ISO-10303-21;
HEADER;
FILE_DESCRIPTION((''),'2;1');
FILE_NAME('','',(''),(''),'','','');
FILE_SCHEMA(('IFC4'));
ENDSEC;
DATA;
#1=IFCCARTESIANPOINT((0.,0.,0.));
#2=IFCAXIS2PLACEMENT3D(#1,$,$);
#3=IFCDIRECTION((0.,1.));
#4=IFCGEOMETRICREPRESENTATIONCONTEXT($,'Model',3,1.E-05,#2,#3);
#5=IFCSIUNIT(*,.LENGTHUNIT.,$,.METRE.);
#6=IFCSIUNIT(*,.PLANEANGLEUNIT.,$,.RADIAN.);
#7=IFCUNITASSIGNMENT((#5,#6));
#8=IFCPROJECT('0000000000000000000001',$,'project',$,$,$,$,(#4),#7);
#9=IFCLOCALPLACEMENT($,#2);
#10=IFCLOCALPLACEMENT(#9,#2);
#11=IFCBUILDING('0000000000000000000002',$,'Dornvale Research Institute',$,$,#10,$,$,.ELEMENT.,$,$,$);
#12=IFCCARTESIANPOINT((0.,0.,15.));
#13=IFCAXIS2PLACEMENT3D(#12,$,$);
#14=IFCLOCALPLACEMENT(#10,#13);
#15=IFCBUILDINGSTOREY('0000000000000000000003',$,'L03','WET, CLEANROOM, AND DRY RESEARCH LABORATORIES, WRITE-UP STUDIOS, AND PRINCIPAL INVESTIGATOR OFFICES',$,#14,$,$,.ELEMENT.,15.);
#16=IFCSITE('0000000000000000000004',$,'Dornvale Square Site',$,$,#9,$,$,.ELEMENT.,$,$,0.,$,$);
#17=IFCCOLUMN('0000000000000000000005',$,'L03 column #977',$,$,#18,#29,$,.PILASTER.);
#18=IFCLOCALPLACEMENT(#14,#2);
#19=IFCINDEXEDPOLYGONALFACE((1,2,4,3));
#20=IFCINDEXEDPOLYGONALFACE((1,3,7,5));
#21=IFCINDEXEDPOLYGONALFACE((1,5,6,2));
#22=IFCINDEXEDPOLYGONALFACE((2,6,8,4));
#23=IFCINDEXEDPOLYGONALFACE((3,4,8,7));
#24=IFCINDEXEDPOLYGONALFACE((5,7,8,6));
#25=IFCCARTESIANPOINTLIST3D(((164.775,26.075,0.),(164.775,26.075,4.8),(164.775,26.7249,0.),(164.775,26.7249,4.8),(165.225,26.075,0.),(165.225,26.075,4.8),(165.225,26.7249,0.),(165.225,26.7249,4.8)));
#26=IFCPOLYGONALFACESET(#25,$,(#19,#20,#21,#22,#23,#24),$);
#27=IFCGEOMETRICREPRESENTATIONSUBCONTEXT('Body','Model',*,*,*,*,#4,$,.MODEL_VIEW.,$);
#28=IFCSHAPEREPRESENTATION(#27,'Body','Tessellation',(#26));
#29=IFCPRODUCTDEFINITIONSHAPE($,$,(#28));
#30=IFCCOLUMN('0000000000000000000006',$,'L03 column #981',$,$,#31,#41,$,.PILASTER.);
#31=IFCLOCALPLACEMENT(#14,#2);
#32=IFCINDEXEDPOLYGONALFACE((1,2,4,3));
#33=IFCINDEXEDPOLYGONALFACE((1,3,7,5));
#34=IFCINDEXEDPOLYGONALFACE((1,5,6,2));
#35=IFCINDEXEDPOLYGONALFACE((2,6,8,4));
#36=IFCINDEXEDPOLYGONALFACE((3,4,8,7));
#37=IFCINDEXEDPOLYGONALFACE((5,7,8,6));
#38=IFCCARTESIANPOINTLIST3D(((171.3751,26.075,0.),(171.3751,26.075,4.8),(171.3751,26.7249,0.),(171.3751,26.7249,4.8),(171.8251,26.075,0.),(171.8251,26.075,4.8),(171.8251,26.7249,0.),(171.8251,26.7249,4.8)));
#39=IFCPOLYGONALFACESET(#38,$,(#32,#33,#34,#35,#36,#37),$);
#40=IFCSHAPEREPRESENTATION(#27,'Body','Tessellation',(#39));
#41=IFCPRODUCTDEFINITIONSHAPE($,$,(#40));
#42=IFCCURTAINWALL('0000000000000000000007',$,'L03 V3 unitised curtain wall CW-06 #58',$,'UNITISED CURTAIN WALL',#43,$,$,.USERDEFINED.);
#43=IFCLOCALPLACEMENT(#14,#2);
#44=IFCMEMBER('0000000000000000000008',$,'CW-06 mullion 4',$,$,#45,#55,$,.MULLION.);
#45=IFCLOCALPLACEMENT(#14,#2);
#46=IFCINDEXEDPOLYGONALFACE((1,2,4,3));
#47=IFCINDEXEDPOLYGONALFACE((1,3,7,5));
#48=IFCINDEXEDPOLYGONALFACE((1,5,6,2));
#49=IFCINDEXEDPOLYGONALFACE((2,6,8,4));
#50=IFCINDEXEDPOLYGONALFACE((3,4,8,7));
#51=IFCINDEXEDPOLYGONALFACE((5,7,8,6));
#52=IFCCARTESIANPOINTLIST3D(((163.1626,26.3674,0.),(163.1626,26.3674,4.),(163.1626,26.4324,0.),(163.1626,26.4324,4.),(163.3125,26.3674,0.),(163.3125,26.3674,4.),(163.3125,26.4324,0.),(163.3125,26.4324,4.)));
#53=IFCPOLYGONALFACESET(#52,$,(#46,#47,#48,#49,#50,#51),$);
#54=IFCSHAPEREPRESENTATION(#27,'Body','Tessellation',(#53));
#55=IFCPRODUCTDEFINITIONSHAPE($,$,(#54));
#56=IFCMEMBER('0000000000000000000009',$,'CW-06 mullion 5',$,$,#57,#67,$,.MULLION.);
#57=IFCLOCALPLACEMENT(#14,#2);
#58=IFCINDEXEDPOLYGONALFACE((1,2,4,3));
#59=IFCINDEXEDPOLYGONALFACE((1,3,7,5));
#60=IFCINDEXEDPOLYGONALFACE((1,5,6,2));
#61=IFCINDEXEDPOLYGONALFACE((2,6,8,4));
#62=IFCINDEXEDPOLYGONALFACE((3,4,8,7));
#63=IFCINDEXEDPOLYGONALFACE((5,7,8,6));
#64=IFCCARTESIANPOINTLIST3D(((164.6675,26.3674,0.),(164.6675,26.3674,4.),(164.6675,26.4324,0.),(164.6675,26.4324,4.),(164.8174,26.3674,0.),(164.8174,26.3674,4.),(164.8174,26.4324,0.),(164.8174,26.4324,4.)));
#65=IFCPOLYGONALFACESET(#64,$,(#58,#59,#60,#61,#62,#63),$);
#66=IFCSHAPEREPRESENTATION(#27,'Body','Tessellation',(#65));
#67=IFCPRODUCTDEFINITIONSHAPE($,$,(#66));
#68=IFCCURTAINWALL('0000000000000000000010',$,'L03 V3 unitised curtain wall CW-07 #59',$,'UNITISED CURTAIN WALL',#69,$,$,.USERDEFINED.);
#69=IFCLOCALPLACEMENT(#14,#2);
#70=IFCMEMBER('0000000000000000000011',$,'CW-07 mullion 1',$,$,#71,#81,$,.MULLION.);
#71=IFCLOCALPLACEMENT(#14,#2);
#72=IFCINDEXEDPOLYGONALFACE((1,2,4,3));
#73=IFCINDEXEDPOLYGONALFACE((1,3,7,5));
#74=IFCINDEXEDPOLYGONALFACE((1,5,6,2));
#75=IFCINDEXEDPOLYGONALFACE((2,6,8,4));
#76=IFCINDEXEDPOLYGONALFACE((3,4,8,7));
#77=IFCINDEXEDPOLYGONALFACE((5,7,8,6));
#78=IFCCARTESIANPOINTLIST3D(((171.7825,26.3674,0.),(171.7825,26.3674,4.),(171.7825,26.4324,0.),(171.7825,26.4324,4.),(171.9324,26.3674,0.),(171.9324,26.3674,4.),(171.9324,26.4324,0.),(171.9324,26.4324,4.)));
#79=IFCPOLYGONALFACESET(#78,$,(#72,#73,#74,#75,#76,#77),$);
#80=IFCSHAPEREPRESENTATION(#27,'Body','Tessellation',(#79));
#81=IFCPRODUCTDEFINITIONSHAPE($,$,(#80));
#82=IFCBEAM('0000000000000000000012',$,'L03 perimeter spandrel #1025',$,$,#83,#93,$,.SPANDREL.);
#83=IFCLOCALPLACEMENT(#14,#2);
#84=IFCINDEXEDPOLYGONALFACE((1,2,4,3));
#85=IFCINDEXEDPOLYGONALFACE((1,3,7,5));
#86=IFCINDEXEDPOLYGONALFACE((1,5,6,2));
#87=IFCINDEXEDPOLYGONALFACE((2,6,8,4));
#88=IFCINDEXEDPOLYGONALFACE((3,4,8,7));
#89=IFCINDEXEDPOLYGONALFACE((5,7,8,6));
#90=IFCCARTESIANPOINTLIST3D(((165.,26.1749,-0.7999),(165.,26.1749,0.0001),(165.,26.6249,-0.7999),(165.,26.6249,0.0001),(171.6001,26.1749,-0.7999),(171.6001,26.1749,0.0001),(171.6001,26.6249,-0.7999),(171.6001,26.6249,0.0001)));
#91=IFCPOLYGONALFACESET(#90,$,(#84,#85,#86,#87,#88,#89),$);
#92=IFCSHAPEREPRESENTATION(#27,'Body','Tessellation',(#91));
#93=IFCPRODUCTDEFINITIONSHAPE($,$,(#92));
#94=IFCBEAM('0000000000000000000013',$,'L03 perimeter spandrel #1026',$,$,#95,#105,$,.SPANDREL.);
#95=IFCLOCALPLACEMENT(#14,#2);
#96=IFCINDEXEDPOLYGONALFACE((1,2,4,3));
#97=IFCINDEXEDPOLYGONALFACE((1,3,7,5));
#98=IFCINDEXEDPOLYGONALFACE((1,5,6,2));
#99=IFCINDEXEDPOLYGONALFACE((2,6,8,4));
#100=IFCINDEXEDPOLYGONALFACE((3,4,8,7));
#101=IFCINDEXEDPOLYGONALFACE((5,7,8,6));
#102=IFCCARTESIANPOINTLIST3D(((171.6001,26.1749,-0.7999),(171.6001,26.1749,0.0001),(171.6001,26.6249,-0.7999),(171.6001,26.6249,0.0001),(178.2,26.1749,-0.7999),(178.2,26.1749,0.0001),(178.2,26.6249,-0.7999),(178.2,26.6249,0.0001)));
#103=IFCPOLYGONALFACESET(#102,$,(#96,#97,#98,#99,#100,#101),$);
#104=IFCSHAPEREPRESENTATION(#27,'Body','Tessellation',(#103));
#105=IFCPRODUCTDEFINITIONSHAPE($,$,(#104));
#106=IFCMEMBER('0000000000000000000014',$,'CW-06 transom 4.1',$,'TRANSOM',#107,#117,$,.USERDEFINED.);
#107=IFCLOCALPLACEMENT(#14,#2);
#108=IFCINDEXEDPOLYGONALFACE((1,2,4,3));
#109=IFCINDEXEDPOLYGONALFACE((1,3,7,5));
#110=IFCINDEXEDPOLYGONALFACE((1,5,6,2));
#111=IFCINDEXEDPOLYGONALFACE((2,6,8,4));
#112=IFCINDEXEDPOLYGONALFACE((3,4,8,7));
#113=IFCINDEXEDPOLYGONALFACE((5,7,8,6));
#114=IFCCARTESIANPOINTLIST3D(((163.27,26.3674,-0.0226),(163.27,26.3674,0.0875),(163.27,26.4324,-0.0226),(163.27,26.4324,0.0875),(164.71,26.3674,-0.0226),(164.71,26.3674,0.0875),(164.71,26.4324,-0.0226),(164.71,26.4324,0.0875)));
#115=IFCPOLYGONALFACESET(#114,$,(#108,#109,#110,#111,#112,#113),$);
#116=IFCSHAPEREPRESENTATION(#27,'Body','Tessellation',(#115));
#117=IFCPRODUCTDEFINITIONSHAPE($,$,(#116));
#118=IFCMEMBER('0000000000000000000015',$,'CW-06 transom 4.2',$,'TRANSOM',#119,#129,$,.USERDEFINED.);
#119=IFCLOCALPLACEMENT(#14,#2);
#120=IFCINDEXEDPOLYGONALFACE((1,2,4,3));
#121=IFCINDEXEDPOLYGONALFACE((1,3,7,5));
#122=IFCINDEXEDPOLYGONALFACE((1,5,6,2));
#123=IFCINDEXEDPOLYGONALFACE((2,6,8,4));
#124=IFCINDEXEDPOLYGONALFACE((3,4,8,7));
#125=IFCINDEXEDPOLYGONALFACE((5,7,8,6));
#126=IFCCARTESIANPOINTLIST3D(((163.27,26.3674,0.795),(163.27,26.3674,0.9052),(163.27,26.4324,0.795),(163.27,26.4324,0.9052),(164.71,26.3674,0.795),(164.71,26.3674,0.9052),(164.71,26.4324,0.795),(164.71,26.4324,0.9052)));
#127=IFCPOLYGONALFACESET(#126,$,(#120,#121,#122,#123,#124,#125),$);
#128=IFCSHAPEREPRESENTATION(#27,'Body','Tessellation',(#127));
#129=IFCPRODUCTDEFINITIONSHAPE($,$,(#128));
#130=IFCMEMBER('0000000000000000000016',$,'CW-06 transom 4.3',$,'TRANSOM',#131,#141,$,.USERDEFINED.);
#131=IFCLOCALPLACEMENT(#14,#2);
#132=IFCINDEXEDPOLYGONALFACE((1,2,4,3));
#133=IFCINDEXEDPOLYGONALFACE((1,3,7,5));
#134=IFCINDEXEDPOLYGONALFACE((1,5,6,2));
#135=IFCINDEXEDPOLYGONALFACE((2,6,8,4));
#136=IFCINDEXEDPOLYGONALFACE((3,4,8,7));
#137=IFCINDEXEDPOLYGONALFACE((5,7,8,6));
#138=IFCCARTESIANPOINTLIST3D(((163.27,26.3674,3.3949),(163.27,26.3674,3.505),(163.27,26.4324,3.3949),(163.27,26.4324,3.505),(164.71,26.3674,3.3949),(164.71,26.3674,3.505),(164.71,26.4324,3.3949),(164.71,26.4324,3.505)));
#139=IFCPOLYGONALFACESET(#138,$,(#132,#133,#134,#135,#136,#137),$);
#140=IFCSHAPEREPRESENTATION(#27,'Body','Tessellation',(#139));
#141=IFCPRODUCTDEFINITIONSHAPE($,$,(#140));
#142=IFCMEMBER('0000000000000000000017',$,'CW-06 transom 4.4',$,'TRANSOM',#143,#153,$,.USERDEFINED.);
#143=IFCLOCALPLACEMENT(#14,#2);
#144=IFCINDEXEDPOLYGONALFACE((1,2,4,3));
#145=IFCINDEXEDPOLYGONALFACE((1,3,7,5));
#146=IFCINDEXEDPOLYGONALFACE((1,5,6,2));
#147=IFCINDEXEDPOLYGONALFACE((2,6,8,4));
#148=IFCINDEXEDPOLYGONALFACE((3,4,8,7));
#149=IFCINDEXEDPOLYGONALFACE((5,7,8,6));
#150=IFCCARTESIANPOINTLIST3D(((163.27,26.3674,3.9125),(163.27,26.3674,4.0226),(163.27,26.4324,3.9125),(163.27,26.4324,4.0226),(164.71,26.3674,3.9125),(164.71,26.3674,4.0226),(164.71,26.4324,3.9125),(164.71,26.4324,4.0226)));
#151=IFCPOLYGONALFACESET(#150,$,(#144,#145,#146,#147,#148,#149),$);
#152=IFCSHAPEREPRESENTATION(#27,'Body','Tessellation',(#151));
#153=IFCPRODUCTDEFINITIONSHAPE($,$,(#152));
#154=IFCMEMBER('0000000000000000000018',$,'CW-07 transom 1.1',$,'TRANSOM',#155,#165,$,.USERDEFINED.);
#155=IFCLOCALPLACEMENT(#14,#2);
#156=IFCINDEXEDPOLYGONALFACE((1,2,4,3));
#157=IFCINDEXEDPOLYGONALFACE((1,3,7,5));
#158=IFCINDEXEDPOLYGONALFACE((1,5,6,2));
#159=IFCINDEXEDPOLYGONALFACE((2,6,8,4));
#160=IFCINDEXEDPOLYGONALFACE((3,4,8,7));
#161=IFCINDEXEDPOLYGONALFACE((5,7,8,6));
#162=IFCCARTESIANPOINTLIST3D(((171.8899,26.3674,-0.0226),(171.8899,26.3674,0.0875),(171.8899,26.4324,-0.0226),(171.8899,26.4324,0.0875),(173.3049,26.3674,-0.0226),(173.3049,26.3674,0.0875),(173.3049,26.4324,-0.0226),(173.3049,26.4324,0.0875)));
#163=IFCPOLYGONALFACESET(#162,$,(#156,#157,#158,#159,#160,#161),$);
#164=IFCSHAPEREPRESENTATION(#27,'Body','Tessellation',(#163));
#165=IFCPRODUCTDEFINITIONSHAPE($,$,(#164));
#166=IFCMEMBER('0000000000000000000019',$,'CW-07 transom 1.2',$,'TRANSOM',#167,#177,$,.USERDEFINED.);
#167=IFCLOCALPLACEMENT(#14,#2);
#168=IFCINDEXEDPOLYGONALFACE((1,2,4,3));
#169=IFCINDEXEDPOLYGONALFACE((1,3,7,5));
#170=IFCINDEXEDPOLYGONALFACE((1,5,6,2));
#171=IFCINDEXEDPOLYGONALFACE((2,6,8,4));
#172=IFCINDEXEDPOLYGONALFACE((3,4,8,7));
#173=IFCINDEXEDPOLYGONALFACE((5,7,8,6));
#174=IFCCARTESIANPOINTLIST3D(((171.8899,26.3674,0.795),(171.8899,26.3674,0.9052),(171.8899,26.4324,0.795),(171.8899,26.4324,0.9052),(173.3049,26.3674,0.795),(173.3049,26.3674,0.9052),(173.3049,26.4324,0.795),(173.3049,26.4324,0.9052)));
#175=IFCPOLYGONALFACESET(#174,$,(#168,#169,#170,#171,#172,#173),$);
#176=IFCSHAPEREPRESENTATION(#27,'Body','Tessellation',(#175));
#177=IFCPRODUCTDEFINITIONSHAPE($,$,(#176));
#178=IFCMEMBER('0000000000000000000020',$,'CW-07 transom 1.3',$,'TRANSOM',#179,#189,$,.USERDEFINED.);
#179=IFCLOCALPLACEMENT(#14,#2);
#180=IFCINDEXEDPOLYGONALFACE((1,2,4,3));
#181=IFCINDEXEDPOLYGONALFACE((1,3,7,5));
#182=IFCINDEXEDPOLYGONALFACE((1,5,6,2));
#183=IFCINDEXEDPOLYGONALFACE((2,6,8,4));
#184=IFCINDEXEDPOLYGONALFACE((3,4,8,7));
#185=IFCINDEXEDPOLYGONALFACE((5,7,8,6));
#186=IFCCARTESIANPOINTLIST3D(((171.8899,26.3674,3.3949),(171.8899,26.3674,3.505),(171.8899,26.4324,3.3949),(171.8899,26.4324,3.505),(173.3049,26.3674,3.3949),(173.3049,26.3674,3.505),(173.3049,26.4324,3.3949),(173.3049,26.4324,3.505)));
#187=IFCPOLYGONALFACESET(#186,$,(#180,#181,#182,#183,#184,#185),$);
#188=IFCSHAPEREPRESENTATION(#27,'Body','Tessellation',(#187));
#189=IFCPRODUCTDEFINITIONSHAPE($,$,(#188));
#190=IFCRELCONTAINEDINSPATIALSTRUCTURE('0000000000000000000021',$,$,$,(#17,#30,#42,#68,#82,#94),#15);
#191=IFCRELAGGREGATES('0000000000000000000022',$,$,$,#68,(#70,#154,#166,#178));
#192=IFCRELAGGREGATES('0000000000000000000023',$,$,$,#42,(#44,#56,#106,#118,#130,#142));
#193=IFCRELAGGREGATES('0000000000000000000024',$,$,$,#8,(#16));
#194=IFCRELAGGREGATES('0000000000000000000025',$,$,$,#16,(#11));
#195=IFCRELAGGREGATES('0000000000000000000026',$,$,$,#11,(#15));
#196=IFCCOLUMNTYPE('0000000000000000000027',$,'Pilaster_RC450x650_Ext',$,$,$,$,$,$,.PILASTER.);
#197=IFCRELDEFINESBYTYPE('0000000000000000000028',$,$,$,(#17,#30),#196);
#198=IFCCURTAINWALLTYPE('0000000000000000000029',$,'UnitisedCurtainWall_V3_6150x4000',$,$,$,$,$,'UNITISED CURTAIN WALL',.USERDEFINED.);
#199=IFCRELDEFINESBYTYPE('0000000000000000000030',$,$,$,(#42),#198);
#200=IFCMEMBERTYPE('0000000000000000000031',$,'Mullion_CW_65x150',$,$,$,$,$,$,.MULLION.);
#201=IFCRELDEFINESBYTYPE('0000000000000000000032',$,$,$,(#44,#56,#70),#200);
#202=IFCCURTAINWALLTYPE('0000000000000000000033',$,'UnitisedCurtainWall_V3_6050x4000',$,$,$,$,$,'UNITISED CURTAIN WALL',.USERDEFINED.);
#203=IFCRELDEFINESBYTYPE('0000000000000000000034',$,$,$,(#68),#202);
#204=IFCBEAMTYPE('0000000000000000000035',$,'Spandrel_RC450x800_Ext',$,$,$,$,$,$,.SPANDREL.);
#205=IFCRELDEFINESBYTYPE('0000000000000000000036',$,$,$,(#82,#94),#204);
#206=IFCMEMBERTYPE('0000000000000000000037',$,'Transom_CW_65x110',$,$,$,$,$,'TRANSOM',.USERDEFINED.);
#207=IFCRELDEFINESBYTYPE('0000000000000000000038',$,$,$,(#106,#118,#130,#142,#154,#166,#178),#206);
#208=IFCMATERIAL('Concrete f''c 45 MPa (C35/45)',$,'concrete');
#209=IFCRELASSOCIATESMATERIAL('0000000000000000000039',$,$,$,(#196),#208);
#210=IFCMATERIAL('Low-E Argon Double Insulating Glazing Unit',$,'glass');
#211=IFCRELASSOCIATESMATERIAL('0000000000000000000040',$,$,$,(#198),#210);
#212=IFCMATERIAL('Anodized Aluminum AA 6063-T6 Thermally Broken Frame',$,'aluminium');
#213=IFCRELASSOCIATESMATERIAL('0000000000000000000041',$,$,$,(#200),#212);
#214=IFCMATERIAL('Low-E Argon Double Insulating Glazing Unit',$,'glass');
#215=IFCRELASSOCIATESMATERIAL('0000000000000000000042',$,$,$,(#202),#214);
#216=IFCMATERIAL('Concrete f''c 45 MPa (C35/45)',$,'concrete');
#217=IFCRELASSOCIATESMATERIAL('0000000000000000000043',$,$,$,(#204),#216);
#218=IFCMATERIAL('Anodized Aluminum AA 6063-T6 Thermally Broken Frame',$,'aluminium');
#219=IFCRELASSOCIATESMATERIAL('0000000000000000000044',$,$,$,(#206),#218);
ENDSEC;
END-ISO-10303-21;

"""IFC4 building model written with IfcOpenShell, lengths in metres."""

from ifc_helpers import new_model, si_unit, direction, frame, origin, origin_2d, place, context, subcontext, project, spatial, rectangle, extrude, material, material_profile, profile_set, type_object, element, aggregate, save


model = new_model("IFC4")

# Units and contexts
model_context = context("Model", 3, precision=1e-05, world=origin(), true_north=direction((0.0, 1.0)))
body_context = subcontext(model_context, "Body", "Model", "MODEL_VIEW")
ifc_project = project(units=[si_unit("LENGTHUNIT", "METRE"), si_unit("PLANEANGLEUNIT", "RADIAN")], contexts=[model_context])

# Site, building, storey
site_placement = place(None, origin())
site = spatial("IfcSite", under=ifc_project, at=site_placement, Name="Dornvale Square Site", CompositionType="ELEMENT", RefElevation=0.0)
building_placement = place(site_placement, origin())
building = spatial("IfcBuilding", under=site, at=building_placement, Name="Dornvale Research Institute", CompositionType="ELEMENT")
storey_placement = place(building_placement, frame((0.0, 0.0, 15.0)))
storey = spatial("IfcBuildingStorey", under=building, at=storey_placement, Name="L03", Description="WET, CLEANROOM, AND DRY RESEARCH LABORATORIES, WRITE-UP STUDIOS, AND PRINCIPAL INVESTIGATOR OFFICES", CompositionType="ELEMENT", Elevation=15.0)

# Columns
ifc_material_1 = material(Name="Concrete f'c 45 MPa (C35/45)", Category="concrete")
ifc_material_profile_1 = material_profile(ifc_material_1, rectangle(XDim=0.45, YDim=0.6499, at=origin_2d()), Name="RC 450x650")
ifc_profile_set_1 = profile_set([ifc_material_profile_1], Name="Concrete f'c 45 MPa (C35/45)")
column_type = type_object("IfcColumnType", Name="Pilaster_RC450x650_Ext", PredefinedType="PILASTER", material=ifc_profile_set_1)
for number, where, z_axis, x_axis, name in (
    (1, (165.0, 26.3999, 0.0), (0.0, 0.0, 1.0), (1.0, 0.0, 0.0), "L03 column #977"),
    (2, (171.6001, 26.3999, 0.0), (0.0, 0.0, 1.0), (1.0, 0.0, 0.0), "L03 column #981"),
):
    element("IfcColumn", number, at=place(storey_placement, frame(where, z_axis=z_axis, x_axis=x_axis)), inside=storey, type_object=column_type, Name=name, PredefinedType="PILASTER", context=body_context, shape_type="SweptSolid", body=[
        extrude(rectangle(XDim=0.45, YDim=0.6499, at=origin_2d()), origin(), (0.0, 0.0, 1.0), 4.8),
    ])

# Curtain wall, members
ifc_material_2 = material(Name="Low-E Argon Double Insulating Glazing Unit", Category="glass")
curtain_wall_type_1 = type_object("IfcCurtainWallType", Name="UnitisedCurtainWall_V3_6150x4000", ElementType="UNITISED CURTAIN WALL", PredefinedType="USERDEFINED", material=ifc_material_2)
curtain_wall_1_placement = place(storey_placement, origin())
curtain_wall_1 = element("IfcCurtainWall", 3, at=curtain_wall_1_placement, inside=storey, type_object=curtain_wall_type_1, Name="L03 V3 unitised curtain wall CW-06 #58", ObjectType="UNITISED CURTAIN WALL", PredefinedType="USERDEFINED")
ifc_material_3 = material(Name="Anodized Aluminum AA 6063-T6 Thermally Broken Frame", Category="aluminium")
ifc_material_profile_2 = material_profile(ifc_material_3, rectangle(XDim=0.0649, YDim=0.1499, at=origin_2d()), Name="ALU MULLION 65x150")
ifc_profile_set_2 = profile_set([ifc_material_profile_2], Name="Anodized Aluminum AA 6063-T6 Thermally Broken Frame")
member_type_1 = type_object("IfcMemberType", Name="Mullion_CW_65x150", PredefinedType="MULLION", material=ifc_profile_set_2)
member_1_placement = place(storey_placement, frame((163.2375, 26.3999, 0.0), z_axis=(0.0, 0.0, 1.0), x_axis=(0.0, 1.0, 0.0)))
member_1 = element("IfcMember", 4, at=member_1_placement, type_object=member_type_1, Name="CW-06 mullion 4", PredefinedType="MULLION", context=body_context, shape_type="SweptSolid", body=[
    extrude(rectangle(XDim=0.0649, YDim=0.1499, at=origin_2d()), origin(), (0.0, 0.0, 1.0), 4.0),
])
member_2_placement = place(storey_placement, frame((164.7424, 26.3999, 0.0), z_axis=(0.0, 0.0, 1.0), x_axis=(0.0, 1.0, 0.0)))
member_2 = element("IfcMember", 5, at=member_2_placement, type_object=member_type_1, Name="CW-06 mullion 5", PredefinedType="MULLION", context=body_context, shape_type="SweptSolid", body=[
    extrude(rectangle(XDim=0.0649, YDim=0.1499, at=origin_2d()), origin(), (0.0, 0.0, 1.0), 4.0),
])

# Curtain wall, member
ifc_material_4 = material(Name="Low-E Argon Double Insulating Glazing Unit", Category="glass")
curtain_wall_type_2 = type_object("IfcCurtainWallType", Name="UnitisedCurtainWall_V3_6050x4000", ElementType="UNITISED CURTAIN WALL", PredefinedType="USERDEFINED", material=ifc_material_4)
curtain_wall_2_placement = place(storey_placement, origin())
curtain_wall_2 = element("IfcCurtainWall", 6, at=curtain_wall_2_placement, inside=storey, type_object=curtain_wall_type_2, Name="L03 V3 unitised curtain wall CW-07 #59", ObjectType="UNITISED CURTAIN WALL", PredefinedType="USERDEFINED")
member_3_placement = place(storey_placement, frame((171.8574, 26.3999, 0.0), z_axis=(0.0, 0.0, 1.0), x_axis=(0.0, 1.0, 0.0)))
member_3 = element("IfcMember", 7, at=member_3_placement, type_object=member_type_1, Name="CW-07 mullion 1", PredefinedType="MULLION", context=body_context, shape_type="SweptSolid", body=[
    extrude(rectangle(XDim=0.0649, YDim=0.1499, at=origin_2d()), origin(), (0.0, 0.0, 1.0), 4.0),
])

# Beams
ifc_material_5 = material(Name="Concrete f'c 45 MPa (C35/45)", Category="concrete")
ifc_material_profile_3 = material_profile(ifc_material_5, rectangle(XDim=0.45, YDim=0.8, at=origin_2d()), Name="RC 450x800")
ifc_profile_set_3 = profile_set([ifc_material_profile_3], Name="Concrete f'c 45 MPa (C35/45)")
beam_type = type_object("IfcBeamType", Name="Spandrel_RC450x800_Ext", PredefinedType="SPANDREL", material=ifc_profile_set_3)
beam_1_placement = place(storey_placement, frame((165.0, 26.3999, -0.3999), z_axis=(1.0, 0.0, 0.0), x_axis=(0.0, 1.0, 0.0)))
element("IfcBeam", 8, at=beam_1_placement, inside=storey, type_object=beam_type, Name="L03 perimeter spandrel #1025", PredefinedType="SPANDREL", context=body_context, shape_type="SweptSolid", body=[
    extrude(rectangle(XDim=0.45, YDim=0.8, at=origin_2d()), origin(), (0.0, 0.0, 1.0), 6.6001),
])
beam_2_placement = place(storey_placement, frame((171.6001, 26.3999, -0.3999), z_axis=(1.0, 0.0, 0.0), x_axis=(0.0, 1.0, 0.0)))
element("IfcBeam", 9, at=beam_2_placement, inside=storey, type_object=beam_type, Name="L03 perimeter spandrel #1026", PredefinedType="SPANDREL", context=body_context, shape_type="SweptSolid", body=[
    extrude(rectangle(XDim=0.45, YDim=0.8, at=origin_2d()), origin(), (0.0, 0.0, 1.0), 6.5999),
])

# Members
ifc_material_6 = material(Name="Anodized Aluminum AA 6063-T6 Thermally Broken Frame", Category="aluminium")
ifc_material_profile_4 = material_profile(ifc_material_6, rectangle(XDim=0.0649, YDim=0.1101, at=origin_2d()), Name="ALU TRANSOM 65x110")
ifc_profile_set_4 = profile_set([ifc_material_profile_4], Name="Anodized Aluminum AA 6063-T6 Thermally Broken Frame")
member_type_2 = type_object("IfcMemberType", Name="Transom_CW_65x110", ElementType="TRANSOM", PredefinedType="USERDEFINED", material=ifc_profile_set_4)
member_4_placement = place(storey_placement, frame((163.27, 26.3999, 0.0325), z_axis=(1.0, 0.0, 0.0), x_axis=(0.0, 1.0, 0.0)))
member_4 = element("IfcMember", 10, at=member_4_placement, type_object=member_type_2, Name="CW-06 transom 4.1", ObjectType="TRANSOM", PredefinedType="USERDEFINED", context=body_context, shape_type="SweptSolid", body=[
    extrude(rectangle(XDim=0.0649, YDim=0.1101, at=origin_2d()), origin(), (0.0, 0.0, 1.0), 1.4399),
])
member_5_placement = place(storey_placement, frame((163.27, 26.3999, 0.8501), z_axis=(1.0, 0.0, 0.0), x_axis=(0.0, 1.0, 0.0)))
member_5 = element("IfcMember", 11, at=member_5_placement, type_object=member_type_2, Name="CW-06 transom 4.2", ObjectType="TRANSOM", PredefinedType="USERDEFINED", context=body_context, shape_type="SweptSolid", body=[
    extrude(rectangle(XDim=0.0649, YDim=0.1101, at=origin_2d()), origin(), (0.0, 0.0, 1.0), 1.4399),
])
member_6_placement = place(storey_placement, frame((163.27, 26.3999, 3.45), z_axis=(1.0, 0.0, 0.0), x_axis=(0.0, 1.0, 0.0)))
member_6 = element("IfcMember", 12, at=member_6_placement, type_object=member_type_2, Name="CW-06 transom 4.3", ObjectType="TRANSOM", PredefinedType="USERDEFINED", context=body_context, shape_type="SweptSolid", body=[
    extrude(rectangle(XDim=0.0649, YDim=0.1101, at=origin_2d()), origin(), (0.0, 0.0, 1.0), 1.4399),
])
member_7_placement = place(storey_placement, frame((163.27, 26.3999, 3.9675), z_axis=(1.0, 0.0, 0.0), x_axis=(0.0, 1.0, 0.0)))
member_7 = element("IfcMember", 13, at=member_7_placement, type_object=member_type_2, Name="CW-06 transom 4.4", ObjectType="TRANSOM", PredefinedType="USERDEFINED", context=body_context, shape_type="SweptSolid", body=[
    extrude(rectangle(XDim=0.0649, YDim=0.1101, at=origin_2d()), origin(), (0.0, 0.0, 1.0), 1.4399),
])
member_8_placement = place(storey_placement, frame((171.8899, 26.3999, 0.0325), z_axis=(1.0, 0.0, 0.0), x_axis=(0.0, 1.0, 0.0)))
member_8 = element("IfcMember", 14, at=member_8_placement, type_object=member_type_2, Name="CW-07 transom 1.1", ObjectType="TRANSOM", PredefinedType="USERDEFINED", context=body_context, shape_type="SweptSolid", body=[
    extrude(rectangle(XDim=0.0649, YDim=0.1101, at=origin_2d()), origin(), (0.0, 0.0, 1.0), 1.415),
])
member_9_placement = place(storey_placement, frame((171.8899, 26.3999, 0.8501), z_axis=(1.0, 0.0, 0.0), x_axis=(0.0, 1.0, 0.0)))
member_9 = element("IfcMember", 15, at=member_9_placement, type_object=member_type_2, Name="CW-07 transom 1.2", ObjectType="TRANSOM", PredefinedType="USERDEFINED", context=body_context, shape_type="SweptSolid", body=[
    extrude(rectangle(XDim=0.0649, YDim=0.1101, at=origin_2d()), origin(), (0.0, 0.0, 1.0), 1.415),
])
member_10_placement = place(storey_placement, frame((171.8899, 26.3999, 3.45), z_axis=(1.0, 0.0, 0.0), x_axis=(0.0, 1.0, 0.0)))
member_10 = element("IfcMember", 16, at=member_10_placement, type_object=member_type_2, Name="CW-07 transom 1.3", ObjectType="TRANSOM", PredefinedType="USERDEFINED", context=body_context, shape_type="SweptSolid", body=[
    extrude(rectangle(XDim=0.0649, YDim=0.1101, at=origin_2d()), origin(), (0.0, 0.0, 1.0), 1.415),
])

aggregate(curtain_wall_2, [member_3, member_8, member_9, member_10])
aggregate(curtain_wall_1, [member_1, member_2, member_4, member_5, member_6, member_7])

save(model, "model.ifc")
